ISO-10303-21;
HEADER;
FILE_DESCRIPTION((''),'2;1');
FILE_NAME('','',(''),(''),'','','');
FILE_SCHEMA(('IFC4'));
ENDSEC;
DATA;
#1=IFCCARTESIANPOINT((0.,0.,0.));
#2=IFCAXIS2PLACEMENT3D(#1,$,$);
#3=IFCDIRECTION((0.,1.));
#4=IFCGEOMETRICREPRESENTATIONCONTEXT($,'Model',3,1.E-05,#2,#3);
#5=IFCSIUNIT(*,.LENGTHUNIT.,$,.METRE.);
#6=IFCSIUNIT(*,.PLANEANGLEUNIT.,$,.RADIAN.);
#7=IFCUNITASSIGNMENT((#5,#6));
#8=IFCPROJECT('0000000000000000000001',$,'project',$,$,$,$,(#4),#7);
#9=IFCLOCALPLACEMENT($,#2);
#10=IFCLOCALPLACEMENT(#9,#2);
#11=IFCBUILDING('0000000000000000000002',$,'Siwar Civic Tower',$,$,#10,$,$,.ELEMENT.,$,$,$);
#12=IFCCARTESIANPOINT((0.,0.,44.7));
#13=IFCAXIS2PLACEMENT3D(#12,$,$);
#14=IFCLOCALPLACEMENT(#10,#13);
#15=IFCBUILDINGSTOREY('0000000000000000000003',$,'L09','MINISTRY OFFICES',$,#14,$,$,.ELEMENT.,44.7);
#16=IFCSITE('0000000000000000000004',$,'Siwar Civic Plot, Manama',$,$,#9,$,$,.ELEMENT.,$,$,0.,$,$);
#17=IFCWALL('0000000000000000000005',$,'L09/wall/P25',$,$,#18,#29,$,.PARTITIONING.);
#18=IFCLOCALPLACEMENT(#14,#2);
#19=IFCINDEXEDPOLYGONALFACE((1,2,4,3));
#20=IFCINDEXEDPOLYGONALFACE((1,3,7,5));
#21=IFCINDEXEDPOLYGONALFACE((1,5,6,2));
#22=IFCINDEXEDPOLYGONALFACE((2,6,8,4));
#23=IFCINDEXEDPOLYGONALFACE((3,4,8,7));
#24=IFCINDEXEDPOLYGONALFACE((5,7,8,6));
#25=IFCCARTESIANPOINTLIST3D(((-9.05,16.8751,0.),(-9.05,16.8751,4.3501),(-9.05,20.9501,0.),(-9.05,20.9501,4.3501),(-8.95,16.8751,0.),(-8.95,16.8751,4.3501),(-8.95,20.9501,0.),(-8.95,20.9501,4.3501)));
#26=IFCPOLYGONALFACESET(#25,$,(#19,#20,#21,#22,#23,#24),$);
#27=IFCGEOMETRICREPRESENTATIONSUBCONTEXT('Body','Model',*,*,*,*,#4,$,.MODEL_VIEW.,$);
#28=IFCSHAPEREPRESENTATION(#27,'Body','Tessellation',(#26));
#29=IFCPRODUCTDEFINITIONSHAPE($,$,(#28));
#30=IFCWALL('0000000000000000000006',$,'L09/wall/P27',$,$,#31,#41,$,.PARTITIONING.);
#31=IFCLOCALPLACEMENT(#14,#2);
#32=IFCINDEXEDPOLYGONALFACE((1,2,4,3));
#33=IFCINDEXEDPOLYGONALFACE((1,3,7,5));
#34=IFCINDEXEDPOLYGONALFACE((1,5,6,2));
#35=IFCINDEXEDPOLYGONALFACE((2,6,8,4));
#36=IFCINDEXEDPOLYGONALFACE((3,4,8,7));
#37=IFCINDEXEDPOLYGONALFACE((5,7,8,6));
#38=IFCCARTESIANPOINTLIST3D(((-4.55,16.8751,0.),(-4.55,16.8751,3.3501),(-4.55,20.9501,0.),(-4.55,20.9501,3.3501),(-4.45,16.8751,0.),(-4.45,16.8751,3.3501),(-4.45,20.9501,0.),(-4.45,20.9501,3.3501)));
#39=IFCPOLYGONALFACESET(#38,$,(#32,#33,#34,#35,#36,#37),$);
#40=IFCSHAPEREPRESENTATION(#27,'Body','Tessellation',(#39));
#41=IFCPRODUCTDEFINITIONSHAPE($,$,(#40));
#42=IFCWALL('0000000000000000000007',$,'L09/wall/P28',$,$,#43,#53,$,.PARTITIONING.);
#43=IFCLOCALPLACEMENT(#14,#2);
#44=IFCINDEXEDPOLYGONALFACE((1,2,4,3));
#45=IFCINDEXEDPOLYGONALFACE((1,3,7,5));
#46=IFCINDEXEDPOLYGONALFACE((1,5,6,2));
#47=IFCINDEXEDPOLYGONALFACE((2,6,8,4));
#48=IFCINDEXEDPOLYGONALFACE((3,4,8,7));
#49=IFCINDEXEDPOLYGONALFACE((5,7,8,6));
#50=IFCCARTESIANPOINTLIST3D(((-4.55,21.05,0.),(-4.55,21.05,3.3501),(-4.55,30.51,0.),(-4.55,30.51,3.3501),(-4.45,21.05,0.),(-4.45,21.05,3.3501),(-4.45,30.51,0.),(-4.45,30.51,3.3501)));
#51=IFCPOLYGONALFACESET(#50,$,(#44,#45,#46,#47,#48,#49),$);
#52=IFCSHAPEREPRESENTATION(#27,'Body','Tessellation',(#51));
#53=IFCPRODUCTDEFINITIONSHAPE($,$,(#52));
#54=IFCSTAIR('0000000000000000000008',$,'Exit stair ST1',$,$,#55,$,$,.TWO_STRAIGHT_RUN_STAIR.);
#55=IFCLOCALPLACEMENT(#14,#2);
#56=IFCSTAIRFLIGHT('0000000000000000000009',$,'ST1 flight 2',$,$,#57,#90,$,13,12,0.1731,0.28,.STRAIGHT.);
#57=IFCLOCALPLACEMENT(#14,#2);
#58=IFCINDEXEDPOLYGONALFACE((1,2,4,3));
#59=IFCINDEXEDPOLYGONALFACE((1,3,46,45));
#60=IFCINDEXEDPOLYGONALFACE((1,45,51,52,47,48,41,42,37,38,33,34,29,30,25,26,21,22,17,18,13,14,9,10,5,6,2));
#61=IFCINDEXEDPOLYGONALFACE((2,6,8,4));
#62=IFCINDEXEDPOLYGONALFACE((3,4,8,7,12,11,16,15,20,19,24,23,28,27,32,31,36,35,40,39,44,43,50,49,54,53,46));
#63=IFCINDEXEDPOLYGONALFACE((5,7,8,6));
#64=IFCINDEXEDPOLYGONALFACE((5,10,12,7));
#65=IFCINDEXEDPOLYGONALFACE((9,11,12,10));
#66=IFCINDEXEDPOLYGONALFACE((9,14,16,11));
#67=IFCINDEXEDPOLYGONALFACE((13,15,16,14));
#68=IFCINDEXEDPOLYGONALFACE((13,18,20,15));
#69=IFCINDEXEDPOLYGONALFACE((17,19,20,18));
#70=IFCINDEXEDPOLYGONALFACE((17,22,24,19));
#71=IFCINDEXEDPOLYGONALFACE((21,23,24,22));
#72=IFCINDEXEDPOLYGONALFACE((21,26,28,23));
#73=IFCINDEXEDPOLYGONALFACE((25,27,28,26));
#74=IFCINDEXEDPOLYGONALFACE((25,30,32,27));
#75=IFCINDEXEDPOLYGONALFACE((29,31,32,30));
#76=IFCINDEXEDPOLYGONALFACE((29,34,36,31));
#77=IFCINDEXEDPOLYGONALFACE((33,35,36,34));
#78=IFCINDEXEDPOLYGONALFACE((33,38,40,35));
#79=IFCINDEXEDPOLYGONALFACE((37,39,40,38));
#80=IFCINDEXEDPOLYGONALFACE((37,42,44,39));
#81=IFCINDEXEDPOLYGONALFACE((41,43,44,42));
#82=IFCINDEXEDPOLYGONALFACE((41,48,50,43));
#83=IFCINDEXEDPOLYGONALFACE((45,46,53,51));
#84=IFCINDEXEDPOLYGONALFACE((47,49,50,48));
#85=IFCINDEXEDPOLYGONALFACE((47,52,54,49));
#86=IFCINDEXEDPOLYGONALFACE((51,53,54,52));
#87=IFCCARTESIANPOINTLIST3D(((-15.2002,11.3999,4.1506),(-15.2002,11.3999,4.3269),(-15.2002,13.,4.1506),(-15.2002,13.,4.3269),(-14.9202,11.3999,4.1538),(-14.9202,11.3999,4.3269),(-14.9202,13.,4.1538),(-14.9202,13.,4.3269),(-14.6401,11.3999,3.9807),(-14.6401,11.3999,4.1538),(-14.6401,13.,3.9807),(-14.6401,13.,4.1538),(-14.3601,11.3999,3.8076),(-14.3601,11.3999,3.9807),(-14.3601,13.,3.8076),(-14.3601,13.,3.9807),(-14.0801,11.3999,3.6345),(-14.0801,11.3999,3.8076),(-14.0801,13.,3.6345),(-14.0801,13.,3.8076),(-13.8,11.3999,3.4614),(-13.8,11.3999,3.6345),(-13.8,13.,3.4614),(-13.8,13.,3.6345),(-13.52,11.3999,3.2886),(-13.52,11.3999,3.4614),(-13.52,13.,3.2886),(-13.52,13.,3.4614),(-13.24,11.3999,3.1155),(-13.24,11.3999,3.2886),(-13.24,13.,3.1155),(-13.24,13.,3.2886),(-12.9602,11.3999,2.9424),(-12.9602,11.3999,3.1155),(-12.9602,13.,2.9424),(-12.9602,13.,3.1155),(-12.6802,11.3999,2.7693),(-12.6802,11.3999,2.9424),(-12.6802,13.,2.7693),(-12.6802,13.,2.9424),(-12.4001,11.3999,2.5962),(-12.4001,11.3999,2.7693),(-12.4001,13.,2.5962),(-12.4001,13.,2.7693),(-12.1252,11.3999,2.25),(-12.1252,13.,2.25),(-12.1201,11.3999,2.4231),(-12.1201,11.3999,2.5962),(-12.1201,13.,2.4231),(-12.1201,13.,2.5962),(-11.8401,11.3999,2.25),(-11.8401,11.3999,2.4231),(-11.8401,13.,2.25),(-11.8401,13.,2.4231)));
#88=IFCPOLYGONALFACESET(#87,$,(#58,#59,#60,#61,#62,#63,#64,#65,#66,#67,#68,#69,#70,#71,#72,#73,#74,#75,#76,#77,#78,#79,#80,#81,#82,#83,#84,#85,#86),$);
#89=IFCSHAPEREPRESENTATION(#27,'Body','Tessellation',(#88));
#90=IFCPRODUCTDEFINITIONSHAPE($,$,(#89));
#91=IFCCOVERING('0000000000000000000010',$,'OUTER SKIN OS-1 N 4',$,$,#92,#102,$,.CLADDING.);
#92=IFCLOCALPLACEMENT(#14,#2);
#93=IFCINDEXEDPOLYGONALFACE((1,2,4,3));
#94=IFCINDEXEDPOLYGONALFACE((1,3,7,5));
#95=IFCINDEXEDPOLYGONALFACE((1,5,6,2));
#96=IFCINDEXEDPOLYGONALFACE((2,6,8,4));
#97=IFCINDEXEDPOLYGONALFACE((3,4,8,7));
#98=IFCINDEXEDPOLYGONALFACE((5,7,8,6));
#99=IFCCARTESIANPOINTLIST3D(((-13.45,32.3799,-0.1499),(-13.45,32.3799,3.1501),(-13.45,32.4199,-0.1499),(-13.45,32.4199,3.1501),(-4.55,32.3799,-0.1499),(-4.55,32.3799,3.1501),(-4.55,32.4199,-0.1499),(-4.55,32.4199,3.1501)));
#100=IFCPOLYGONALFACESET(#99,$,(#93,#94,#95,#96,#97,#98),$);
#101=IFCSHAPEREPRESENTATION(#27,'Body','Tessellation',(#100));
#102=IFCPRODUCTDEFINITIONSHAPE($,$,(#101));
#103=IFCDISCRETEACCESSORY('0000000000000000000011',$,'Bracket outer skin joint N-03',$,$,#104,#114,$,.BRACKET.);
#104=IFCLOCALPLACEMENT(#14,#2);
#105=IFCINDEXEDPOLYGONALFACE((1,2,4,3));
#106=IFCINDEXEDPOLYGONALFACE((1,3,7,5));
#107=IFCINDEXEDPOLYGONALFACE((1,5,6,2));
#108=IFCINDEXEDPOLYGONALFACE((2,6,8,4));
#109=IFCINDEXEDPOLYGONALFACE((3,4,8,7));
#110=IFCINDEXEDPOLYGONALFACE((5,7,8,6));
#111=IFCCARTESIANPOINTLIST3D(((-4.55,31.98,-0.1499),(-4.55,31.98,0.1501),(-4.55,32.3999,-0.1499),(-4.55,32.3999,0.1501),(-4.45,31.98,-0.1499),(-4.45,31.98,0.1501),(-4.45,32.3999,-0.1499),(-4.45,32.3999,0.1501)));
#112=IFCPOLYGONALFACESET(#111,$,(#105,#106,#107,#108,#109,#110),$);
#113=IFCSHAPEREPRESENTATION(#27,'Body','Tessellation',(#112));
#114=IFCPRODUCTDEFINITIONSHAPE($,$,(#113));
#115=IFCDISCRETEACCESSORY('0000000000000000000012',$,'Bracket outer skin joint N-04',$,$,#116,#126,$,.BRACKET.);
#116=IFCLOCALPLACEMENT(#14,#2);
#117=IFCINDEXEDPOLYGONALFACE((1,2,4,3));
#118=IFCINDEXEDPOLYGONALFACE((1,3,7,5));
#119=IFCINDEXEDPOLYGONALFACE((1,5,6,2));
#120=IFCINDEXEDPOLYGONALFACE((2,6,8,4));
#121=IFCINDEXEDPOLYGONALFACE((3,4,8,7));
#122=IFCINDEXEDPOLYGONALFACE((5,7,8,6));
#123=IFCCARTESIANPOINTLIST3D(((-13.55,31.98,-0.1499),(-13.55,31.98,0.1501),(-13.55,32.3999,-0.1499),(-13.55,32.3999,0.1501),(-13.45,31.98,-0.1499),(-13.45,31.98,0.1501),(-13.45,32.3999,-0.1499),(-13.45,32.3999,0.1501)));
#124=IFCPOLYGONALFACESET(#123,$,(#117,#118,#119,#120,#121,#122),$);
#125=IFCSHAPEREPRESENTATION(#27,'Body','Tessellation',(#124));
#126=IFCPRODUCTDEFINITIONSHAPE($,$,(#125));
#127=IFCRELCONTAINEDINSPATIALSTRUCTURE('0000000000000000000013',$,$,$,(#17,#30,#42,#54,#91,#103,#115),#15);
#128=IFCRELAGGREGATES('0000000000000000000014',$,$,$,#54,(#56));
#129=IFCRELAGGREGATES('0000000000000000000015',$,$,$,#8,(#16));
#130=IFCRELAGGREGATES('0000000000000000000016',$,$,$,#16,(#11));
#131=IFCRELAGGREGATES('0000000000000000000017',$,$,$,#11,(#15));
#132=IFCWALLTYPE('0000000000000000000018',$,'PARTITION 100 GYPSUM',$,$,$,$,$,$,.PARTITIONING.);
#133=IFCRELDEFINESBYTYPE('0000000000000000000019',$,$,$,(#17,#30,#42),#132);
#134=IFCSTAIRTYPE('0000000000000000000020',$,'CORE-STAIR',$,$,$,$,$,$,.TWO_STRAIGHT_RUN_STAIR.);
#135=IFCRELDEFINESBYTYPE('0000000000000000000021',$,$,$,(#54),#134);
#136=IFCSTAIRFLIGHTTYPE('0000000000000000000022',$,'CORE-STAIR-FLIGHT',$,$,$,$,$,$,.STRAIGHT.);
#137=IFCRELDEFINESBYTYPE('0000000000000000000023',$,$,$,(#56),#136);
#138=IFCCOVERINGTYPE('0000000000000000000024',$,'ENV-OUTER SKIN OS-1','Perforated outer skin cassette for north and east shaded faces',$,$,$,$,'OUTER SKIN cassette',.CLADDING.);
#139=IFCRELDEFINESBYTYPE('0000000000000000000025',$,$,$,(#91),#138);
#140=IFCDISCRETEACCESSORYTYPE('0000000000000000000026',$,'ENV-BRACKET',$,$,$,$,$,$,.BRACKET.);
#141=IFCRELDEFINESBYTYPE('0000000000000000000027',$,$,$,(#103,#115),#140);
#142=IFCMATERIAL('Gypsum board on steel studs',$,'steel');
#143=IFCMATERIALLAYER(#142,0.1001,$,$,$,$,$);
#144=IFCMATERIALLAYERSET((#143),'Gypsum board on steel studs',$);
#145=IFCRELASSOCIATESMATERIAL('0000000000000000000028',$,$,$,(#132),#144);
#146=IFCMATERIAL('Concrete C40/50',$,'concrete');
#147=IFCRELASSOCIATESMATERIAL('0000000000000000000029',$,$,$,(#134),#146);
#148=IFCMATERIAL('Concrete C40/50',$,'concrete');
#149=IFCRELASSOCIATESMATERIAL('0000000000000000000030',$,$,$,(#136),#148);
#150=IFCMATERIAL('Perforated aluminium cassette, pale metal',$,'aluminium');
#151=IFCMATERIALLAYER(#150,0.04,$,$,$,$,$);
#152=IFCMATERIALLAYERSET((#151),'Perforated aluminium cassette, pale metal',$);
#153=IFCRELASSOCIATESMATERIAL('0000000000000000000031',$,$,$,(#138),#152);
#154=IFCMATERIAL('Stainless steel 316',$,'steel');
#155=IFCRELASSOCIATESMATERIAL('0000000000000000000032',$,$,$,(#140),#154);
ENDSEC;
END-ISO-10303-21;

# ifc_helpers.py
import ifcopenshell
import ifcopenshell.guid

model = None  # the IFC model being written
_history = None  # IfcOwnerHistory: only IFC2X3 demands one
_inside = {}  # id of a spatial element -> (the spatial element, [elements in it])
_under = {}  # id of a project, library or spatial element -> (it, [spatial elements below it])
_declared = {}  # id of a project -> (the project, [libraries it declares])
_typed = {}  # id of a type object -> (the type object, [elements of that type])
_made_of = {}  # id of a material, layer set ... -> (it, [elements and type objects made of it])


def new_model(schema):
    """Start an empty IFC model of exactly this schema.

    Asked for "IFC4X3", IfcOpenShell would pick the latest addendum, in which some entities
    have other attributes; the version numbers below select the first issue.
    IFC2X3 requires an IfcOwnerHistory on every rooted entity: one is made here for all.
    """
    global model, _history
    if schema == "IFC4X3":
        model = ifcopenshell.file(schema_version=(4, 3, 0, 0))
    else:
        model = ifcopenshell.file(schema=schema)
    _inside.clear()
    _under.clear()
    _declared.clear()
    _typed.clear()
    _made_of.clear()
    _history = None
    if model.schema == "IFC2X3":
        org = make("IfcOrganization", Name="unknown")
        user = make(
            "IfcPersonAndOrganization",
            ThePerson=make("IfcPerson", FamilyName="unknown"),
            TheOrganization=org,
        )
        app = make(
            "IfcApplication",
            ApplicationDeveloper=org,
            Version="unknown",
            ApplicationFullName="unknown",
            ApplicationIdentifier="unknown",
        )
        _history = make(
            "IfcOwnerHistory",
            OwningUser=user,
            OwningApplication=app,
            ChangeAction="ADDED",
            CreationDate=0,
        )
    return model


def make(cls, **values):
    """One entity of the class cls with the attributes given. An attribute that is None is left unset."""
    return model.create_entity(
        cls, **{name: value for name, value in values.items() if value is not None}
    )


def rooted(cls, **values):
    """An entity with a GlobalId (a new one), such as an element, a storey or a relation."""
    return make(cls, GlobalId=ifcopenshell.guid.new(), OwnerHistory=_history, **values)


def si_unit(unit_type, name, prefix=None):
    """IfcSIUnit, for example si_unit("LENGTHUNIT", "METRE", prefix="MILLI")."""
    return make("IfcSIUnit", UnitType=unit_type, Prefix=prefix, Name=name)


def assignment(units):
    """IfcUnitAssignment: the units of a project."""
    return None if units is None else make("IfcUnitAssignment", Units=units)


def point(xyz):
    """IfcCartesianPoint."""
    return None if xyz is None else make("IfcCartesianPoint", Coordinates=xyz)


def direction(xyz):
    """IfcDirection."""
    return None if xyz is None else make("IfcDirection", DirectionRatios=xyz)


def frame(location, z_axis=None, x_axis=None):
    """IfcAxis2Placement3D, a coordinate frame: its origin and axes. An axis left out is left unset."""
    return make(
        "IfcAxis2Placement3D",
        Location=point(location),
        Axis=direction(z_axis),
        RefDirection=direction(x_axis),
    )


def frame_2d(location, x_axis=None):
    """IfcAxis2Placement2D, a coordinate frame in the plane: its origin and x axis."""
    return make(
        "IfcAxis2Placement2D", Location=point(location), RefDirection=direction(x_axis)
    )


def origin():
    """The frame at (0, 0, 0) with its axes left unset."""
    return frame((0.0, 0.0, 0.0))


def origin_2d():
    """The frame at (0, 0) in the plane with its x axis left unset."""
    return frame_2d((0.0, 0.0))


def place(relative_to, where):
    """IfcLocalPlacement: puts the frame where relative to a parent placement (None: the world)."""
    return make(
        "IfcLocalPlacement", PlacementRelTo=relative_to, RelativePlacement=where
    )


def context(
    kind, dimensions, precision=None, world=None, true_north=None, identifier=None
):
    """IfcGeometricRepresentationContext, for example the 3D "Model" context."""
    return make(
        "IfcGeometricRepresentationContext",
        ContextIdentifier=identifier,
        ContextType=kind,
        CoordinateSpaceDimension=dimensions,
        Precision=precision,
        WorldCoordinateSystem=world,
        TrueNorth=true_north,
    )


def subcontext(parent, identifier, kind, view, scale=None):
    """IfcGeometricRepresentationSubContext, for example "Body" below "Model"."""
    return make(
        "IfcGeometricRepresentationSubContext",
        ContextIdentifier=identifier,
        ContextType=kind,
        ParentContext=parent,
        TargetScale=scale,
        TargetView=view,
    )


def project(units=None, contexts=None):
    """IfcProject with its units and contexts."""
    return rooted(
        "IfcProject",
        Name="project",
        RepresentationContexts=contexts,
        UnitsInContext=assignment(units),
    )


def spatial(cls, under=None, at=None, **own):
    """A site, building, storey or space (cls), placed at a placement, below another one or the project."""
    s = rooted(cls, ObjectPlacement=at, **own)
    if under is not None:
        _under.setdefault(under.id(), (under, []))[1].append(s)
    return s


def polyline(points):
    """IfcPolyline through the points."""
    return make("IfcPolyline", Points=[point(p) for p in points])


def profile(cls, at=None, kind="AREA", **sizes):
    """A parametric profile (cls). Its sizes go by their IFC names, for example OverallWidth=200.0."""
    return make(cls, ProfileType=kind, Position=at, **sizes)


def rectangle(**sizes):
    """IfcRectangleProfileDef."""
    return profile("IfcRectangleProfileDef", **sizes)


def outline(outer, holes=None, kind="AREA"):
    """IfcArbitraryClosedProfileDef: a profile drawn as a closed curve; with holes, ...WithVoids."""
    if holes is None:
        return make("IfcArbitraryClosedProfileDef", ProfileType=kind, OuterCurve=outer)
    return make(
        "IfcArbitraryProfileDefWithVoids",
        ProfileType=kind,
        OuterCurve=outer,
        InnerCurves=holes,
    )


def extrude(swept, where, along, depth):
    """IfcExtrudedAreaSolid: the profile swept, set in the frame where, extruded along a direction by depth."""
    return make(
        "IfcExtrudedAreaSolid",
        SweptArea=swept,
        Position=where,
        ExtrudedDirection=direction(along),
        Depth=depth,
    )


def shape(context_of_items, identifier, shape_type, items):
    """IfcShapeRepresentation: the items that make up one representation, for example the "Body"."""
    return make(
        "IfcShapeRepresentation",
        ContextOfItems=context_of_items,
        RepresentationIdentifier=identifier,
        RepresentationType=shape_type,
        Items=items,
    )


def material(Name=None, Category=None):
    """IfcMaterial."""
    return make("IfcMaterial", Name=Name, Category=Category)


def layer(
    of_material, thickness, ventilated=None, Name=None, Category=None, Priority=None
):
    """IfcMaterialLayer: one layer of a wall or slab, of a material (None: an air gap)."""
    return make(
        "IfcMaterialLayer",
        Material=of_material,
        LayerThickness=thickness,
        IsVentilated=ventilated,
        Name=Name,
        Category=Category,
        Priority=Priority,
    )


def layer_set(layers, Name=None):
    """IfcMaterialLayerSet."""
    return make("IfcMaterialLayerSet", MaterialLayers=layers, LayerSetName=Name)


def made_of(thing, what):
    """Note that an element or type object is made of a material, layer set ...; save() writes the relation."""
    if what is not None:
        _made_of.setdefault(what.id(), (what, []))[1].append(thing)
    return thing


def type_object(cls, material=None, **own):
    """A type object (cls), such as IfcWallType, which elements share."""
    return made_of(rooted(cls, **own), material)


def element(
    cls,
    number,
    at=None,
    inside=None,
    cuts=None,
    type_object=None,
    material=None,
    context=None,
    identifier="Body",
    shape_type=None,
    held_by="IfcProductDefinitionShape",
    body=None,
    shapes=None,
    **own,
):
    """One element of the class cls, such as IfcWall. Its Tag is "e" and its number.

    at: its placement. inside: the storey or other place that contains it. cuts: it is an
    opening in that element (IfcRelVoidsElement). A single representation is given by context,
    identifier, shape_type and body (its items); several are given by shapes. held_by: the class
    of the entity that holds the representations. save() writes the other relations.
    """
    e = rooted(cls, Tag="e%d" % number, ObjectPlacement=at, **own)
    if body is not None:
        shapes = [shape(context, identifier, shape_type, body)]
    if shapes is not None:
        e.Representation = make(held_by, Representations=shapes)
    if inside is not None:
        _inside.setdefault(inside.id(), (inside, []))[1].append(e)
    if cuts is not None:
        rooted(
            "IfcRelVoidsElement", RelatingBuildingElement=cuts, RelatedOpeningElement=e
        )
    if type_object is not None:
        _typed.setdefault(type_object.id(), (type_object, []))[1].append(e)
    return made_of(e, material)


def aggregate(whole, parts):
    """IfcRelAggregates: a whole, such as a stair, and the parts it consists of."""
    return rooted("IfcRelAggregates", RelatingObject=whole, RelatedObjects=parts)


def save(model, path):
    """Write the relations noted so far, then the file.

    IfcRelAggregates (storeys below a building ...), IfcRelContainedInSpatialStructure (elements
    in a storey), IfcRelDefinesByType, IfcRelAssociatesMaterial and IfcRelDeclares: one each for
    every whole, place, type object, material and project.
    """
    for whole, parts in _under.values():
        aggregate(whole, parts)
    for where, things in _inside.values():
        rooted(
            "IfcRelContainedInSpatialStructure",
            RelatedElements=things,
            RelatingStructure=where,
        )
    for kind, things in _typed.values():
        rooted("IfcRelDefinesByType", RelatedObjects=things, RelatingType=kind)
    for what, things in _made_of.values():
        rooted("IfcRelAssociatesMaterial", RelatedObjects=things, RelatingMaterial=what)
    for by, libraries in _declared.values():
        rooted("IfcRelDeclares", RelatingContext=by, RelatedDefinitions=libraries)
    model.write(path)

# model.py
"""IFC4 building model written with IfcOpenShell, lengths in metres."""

from ifc_helpers import new_model, si_unit, direction, frame, frame_2d, origin, origin_2d, place, context, subcontext, project, spatial, polyline, rectangle, outline, extrude, material, layer, layer_set, type_object, element, aggregate, save


model = new_model("IFC4")

# Units and contexts
model_context = context("Model", 3, precision=1e-05, world=origin(), true_north=direction((0.0, 1.0)))
body_context = subcontext(model_context, "Body", "Model", "MODEL_VIEW")
ifc_project = project(units=[si_unit("LENGTHUNIT", "METRE"), si_unit("PLANEANGLEUNIT", "RADIAN")], contexts=[model_context])

# Site, building, storey
site_placement = place(None, origin())
site = spatial("IfcSite", under=ifc_project, at=site_placement, Name="Siwar Civic Plot, Manama", CompositionType="ELEMENT", RefElevation=0.0)
building_placement = place(site_placement, origin())
building = spatial("IfcBuilding", under=site, at=building_placement, Name="Siwar Civic Tower", CompositionType="ELEMENT")
storey_placement = place(building_placement, frame((0.0, 0.0, 44.7)))
storey = spatial("IfcBuildingStorey", under=building, at=storey_placement, Name="L09", Description="MINISTRY OFFICES", CompositionType="ELEMENT", Elevation=44.7)

# Walls
ifc_material_1 = material(Name="Gypsum board on steel studs", Category="steel")
ifc_layer_1 = layer(ifc_material_1, 0.1001)
ifc_layer_set_1 = layer_set([ifc_layer_1], Name="Gypsum board on steel studs")
wall_type_1 = type_object("IfcWallType", Name="PARTITION 100 GYPSUM", PredefinedType="PARTITIONING", material=ifc_layer_set_1)
wall_1_placement = place(storey_placement, frame((-9.0, 16.875, 0.0), z_axis=(0.0, 0.0, 1.0), x_axis=(0.0, 1.0, 0.0)))
element("IfcWall", 1, at=wall_1_placement, inside=storey, type_object=wall_type_1, Name="L09/wall/P25", PredefinedType="PARTITIONING", context=body_context, shape_type="SweptSolid", body=[
    extrude(rectangle(XDim=4.075, YDim=0.1001, at=frame_2d((2.0376, 0.0))), origin(), (0.0, 0.0, 1.0), 4.3501),
])
wall_2_placement = place(storey_placement, frame((-4.5, 16.875, 0.0), z_axis=(0.0, 0.0, 1.0), x_axis=(0.0, 1.0, 0.0)))
element("IfcWall", 2, at=wall_2_placement, inside=storey, type_object=wall_type_1, Name="L09/wall/P27", PredefinedType="PARTITIONING", context=body_context, shape_type="SweptSolid", body=[
    extrude(rectangle(XDim=4.075, YDim=0.1001, at=frame_2d((2.0376, 0.0))), origin(), (0.0, 0.0, 1.0), 3.3501),
])
wall_3_placement = place(storey_placement, frame((-4.5, 21.05, 0.0), z_axis=(0.0, 0.0, 1.0), x_axis=(0.0, 1.0, 0.0)))
element("IfcWall", 3, at=wall_3_placement, inside=storey, type_object=wall_type_1, Name="L09/wall/P28", PredefinedType="PARTITIONING", context=body_context, shape_type="SweptSolid", body=[
    extrude(rectangle(XDim=9.46, YDim=0.1001, at=frame_2d((4.73, 0.0))), origin(), (0.0, 0.0, 1.0), 3.3501),
])

# Stair, stair flight
ifc_material_2 = material(Name="Concrete C40/50", Category="concrete")
stair_type = type_object("IfcStairType", Name="CORE-STAIR", PredefinedType="TWO_STRAIGHT_RUN_STAIR", material=ifc_material_2)
stair_placement = place(storey_placement, origin())
stair = element("IfcStair", 4, at=stair_placement, inside=storey, type_object=stair_type, Name="Exit stair ST1", PredefinedType="TWO_STRAIGHT_RUN_STAIR")
ifc_material_3 = material(Name="Concrete C40/50", Category="concrete")
stair_flight_type = type_object("IfcStairFlightType", Name="CORE-STAIR-FLIGHT", PredefinedType="STRAIGHT", material=ifc_material_3)
stair_flight_placement = place(storey_placement, frame((-11.8401, 12.2, 2.25), z_axis=(0.0, 0.0, 1.0), x_axis=(-1.0, 0.0, 0.0)))
stair_flight = element("IfcStairFlight", 5, at=stair_flight_placement, type_object=stair_flight_type, Name="ST1 flight 2", NumberOfRisers=13, NumberOfTreads=12, PredefinedType="STRAIGHT", RiserHeight=0.1731, TreadLength=0.28, context=body_context, shape_type="SweptSolid", body=[
    extrude(outline(polyline([(0.0, 0.0), (0.0, 0.1731), (0.28, 0.1731), (0.28, 0.3462), (0.5601, 0.3462), (0.5601, 0.5193), (0.8401, 0.5193), (0.8401, 0.6924), (1.1201, 0.6924), (1.1201, 0.8655), (1.3999, 0.8655), (1.3999, 1.0386), (1.6799, 1.0386), (1.6799, 1.2114), (1.96, 1.2114), (1.96, 1.3845), (2.24, 1.3845), (2.24, 1.5576), (2.52, 1.5576), (2.52, 1.7307), (2.8, 1.7307), (2.8, 1.9038), (3.0801, 1.9038), (3.0801, 2.0769), (3.3601, 2.0769), (3.3601, 2.25), (3.3601, 1.9006), (0.2852, 0.0), (0.0, 0.0)])), frame((0.0, 0.8, 0.0), z_axis=(0.0, -1.0, 0.0), x_axis=(1.0, 0.0, 0.0)), (0.0, 0.0, 1.0), 1.6001),
])
aggregate(stair, [stair_flight])

# Covering
ifc_material_4 = material(Name="Perforated aluminium cassette, pale metal", Category="aluminium")
ifc_layer_2 = layer(ifc_material_4, 0.04)
ifc_layer_set_2 = layer_set([ifc_layer_2], Name="Perforated aluminium cassette, pale metal")
covering_type = type_object("IfcCoveringType", Name="ENV-OUTER SKIN OS-1", Description="Perforated outer skin cassette for north and east shaded faces", ElementType="OUTER SKIN cassette", PredefinedType="CLADDING", material=ifc_layer_set_2)
covering_placement = place(storey_placement, frame((-9.0, 32.3999, -0.1499), z_axis=(0.0, 0.0, 1.0), x_axis=(-1.0, 0.0, 0.0)))
element("IfcCovering", 6, at=covering_placement, inside=storey, type_object=covering_type, Name="OUTER SKIN OS-1 N 4", PredefinedType="CLADDING", context=body_context, shape_type="SweptSolid", body=[
    extrude(rectangle(XDim=8.8999, YDim=0.04, at=origin_2d()), origin(), (0.0, 0.0, 1.0), 3.3),
])

# Discrete accessories
ifc_material_5 = material(Name="Stainless steel 316", Category="steel")
discrete_accessory_type = type_object("IfcDiscreteAccessoryType", Name="ENV-BRACKET", PredefinedType="BRACKET", material=ifc_material_5)
for number, where, z_axis, x_axis, name in (
    (7, (-4.5, 32.1899, -0.1499), (0.0, 0.0, 1.0), (0.0, 1.0, 0.0), "Bracket outer skin joint N-03"),
    (8, (-13.5, 32.1899, -0.1499), (0.0, 0.0, 1.0), (0.0, 1.0, 0.0), "Bracket outer skin joint N-04"),
):
    element("IfcDiscreteAccessory", number, at=place(storey_placement, frame(where, z_axis=z_axis, x_axis=x_axis)), inside=storey, type_object=discrete_accessory_type, Name=name, PredefinedType="BRACKET", context=body_context, shape_type="SweptSolid", body=[
        extrude(rectangle(XDim=0.4199, YDim=0.1001, at=origin_2d()), origin(), (0.0, 0.0, 1.0), 0.3),
    ])

save(model, "model.ifc")
